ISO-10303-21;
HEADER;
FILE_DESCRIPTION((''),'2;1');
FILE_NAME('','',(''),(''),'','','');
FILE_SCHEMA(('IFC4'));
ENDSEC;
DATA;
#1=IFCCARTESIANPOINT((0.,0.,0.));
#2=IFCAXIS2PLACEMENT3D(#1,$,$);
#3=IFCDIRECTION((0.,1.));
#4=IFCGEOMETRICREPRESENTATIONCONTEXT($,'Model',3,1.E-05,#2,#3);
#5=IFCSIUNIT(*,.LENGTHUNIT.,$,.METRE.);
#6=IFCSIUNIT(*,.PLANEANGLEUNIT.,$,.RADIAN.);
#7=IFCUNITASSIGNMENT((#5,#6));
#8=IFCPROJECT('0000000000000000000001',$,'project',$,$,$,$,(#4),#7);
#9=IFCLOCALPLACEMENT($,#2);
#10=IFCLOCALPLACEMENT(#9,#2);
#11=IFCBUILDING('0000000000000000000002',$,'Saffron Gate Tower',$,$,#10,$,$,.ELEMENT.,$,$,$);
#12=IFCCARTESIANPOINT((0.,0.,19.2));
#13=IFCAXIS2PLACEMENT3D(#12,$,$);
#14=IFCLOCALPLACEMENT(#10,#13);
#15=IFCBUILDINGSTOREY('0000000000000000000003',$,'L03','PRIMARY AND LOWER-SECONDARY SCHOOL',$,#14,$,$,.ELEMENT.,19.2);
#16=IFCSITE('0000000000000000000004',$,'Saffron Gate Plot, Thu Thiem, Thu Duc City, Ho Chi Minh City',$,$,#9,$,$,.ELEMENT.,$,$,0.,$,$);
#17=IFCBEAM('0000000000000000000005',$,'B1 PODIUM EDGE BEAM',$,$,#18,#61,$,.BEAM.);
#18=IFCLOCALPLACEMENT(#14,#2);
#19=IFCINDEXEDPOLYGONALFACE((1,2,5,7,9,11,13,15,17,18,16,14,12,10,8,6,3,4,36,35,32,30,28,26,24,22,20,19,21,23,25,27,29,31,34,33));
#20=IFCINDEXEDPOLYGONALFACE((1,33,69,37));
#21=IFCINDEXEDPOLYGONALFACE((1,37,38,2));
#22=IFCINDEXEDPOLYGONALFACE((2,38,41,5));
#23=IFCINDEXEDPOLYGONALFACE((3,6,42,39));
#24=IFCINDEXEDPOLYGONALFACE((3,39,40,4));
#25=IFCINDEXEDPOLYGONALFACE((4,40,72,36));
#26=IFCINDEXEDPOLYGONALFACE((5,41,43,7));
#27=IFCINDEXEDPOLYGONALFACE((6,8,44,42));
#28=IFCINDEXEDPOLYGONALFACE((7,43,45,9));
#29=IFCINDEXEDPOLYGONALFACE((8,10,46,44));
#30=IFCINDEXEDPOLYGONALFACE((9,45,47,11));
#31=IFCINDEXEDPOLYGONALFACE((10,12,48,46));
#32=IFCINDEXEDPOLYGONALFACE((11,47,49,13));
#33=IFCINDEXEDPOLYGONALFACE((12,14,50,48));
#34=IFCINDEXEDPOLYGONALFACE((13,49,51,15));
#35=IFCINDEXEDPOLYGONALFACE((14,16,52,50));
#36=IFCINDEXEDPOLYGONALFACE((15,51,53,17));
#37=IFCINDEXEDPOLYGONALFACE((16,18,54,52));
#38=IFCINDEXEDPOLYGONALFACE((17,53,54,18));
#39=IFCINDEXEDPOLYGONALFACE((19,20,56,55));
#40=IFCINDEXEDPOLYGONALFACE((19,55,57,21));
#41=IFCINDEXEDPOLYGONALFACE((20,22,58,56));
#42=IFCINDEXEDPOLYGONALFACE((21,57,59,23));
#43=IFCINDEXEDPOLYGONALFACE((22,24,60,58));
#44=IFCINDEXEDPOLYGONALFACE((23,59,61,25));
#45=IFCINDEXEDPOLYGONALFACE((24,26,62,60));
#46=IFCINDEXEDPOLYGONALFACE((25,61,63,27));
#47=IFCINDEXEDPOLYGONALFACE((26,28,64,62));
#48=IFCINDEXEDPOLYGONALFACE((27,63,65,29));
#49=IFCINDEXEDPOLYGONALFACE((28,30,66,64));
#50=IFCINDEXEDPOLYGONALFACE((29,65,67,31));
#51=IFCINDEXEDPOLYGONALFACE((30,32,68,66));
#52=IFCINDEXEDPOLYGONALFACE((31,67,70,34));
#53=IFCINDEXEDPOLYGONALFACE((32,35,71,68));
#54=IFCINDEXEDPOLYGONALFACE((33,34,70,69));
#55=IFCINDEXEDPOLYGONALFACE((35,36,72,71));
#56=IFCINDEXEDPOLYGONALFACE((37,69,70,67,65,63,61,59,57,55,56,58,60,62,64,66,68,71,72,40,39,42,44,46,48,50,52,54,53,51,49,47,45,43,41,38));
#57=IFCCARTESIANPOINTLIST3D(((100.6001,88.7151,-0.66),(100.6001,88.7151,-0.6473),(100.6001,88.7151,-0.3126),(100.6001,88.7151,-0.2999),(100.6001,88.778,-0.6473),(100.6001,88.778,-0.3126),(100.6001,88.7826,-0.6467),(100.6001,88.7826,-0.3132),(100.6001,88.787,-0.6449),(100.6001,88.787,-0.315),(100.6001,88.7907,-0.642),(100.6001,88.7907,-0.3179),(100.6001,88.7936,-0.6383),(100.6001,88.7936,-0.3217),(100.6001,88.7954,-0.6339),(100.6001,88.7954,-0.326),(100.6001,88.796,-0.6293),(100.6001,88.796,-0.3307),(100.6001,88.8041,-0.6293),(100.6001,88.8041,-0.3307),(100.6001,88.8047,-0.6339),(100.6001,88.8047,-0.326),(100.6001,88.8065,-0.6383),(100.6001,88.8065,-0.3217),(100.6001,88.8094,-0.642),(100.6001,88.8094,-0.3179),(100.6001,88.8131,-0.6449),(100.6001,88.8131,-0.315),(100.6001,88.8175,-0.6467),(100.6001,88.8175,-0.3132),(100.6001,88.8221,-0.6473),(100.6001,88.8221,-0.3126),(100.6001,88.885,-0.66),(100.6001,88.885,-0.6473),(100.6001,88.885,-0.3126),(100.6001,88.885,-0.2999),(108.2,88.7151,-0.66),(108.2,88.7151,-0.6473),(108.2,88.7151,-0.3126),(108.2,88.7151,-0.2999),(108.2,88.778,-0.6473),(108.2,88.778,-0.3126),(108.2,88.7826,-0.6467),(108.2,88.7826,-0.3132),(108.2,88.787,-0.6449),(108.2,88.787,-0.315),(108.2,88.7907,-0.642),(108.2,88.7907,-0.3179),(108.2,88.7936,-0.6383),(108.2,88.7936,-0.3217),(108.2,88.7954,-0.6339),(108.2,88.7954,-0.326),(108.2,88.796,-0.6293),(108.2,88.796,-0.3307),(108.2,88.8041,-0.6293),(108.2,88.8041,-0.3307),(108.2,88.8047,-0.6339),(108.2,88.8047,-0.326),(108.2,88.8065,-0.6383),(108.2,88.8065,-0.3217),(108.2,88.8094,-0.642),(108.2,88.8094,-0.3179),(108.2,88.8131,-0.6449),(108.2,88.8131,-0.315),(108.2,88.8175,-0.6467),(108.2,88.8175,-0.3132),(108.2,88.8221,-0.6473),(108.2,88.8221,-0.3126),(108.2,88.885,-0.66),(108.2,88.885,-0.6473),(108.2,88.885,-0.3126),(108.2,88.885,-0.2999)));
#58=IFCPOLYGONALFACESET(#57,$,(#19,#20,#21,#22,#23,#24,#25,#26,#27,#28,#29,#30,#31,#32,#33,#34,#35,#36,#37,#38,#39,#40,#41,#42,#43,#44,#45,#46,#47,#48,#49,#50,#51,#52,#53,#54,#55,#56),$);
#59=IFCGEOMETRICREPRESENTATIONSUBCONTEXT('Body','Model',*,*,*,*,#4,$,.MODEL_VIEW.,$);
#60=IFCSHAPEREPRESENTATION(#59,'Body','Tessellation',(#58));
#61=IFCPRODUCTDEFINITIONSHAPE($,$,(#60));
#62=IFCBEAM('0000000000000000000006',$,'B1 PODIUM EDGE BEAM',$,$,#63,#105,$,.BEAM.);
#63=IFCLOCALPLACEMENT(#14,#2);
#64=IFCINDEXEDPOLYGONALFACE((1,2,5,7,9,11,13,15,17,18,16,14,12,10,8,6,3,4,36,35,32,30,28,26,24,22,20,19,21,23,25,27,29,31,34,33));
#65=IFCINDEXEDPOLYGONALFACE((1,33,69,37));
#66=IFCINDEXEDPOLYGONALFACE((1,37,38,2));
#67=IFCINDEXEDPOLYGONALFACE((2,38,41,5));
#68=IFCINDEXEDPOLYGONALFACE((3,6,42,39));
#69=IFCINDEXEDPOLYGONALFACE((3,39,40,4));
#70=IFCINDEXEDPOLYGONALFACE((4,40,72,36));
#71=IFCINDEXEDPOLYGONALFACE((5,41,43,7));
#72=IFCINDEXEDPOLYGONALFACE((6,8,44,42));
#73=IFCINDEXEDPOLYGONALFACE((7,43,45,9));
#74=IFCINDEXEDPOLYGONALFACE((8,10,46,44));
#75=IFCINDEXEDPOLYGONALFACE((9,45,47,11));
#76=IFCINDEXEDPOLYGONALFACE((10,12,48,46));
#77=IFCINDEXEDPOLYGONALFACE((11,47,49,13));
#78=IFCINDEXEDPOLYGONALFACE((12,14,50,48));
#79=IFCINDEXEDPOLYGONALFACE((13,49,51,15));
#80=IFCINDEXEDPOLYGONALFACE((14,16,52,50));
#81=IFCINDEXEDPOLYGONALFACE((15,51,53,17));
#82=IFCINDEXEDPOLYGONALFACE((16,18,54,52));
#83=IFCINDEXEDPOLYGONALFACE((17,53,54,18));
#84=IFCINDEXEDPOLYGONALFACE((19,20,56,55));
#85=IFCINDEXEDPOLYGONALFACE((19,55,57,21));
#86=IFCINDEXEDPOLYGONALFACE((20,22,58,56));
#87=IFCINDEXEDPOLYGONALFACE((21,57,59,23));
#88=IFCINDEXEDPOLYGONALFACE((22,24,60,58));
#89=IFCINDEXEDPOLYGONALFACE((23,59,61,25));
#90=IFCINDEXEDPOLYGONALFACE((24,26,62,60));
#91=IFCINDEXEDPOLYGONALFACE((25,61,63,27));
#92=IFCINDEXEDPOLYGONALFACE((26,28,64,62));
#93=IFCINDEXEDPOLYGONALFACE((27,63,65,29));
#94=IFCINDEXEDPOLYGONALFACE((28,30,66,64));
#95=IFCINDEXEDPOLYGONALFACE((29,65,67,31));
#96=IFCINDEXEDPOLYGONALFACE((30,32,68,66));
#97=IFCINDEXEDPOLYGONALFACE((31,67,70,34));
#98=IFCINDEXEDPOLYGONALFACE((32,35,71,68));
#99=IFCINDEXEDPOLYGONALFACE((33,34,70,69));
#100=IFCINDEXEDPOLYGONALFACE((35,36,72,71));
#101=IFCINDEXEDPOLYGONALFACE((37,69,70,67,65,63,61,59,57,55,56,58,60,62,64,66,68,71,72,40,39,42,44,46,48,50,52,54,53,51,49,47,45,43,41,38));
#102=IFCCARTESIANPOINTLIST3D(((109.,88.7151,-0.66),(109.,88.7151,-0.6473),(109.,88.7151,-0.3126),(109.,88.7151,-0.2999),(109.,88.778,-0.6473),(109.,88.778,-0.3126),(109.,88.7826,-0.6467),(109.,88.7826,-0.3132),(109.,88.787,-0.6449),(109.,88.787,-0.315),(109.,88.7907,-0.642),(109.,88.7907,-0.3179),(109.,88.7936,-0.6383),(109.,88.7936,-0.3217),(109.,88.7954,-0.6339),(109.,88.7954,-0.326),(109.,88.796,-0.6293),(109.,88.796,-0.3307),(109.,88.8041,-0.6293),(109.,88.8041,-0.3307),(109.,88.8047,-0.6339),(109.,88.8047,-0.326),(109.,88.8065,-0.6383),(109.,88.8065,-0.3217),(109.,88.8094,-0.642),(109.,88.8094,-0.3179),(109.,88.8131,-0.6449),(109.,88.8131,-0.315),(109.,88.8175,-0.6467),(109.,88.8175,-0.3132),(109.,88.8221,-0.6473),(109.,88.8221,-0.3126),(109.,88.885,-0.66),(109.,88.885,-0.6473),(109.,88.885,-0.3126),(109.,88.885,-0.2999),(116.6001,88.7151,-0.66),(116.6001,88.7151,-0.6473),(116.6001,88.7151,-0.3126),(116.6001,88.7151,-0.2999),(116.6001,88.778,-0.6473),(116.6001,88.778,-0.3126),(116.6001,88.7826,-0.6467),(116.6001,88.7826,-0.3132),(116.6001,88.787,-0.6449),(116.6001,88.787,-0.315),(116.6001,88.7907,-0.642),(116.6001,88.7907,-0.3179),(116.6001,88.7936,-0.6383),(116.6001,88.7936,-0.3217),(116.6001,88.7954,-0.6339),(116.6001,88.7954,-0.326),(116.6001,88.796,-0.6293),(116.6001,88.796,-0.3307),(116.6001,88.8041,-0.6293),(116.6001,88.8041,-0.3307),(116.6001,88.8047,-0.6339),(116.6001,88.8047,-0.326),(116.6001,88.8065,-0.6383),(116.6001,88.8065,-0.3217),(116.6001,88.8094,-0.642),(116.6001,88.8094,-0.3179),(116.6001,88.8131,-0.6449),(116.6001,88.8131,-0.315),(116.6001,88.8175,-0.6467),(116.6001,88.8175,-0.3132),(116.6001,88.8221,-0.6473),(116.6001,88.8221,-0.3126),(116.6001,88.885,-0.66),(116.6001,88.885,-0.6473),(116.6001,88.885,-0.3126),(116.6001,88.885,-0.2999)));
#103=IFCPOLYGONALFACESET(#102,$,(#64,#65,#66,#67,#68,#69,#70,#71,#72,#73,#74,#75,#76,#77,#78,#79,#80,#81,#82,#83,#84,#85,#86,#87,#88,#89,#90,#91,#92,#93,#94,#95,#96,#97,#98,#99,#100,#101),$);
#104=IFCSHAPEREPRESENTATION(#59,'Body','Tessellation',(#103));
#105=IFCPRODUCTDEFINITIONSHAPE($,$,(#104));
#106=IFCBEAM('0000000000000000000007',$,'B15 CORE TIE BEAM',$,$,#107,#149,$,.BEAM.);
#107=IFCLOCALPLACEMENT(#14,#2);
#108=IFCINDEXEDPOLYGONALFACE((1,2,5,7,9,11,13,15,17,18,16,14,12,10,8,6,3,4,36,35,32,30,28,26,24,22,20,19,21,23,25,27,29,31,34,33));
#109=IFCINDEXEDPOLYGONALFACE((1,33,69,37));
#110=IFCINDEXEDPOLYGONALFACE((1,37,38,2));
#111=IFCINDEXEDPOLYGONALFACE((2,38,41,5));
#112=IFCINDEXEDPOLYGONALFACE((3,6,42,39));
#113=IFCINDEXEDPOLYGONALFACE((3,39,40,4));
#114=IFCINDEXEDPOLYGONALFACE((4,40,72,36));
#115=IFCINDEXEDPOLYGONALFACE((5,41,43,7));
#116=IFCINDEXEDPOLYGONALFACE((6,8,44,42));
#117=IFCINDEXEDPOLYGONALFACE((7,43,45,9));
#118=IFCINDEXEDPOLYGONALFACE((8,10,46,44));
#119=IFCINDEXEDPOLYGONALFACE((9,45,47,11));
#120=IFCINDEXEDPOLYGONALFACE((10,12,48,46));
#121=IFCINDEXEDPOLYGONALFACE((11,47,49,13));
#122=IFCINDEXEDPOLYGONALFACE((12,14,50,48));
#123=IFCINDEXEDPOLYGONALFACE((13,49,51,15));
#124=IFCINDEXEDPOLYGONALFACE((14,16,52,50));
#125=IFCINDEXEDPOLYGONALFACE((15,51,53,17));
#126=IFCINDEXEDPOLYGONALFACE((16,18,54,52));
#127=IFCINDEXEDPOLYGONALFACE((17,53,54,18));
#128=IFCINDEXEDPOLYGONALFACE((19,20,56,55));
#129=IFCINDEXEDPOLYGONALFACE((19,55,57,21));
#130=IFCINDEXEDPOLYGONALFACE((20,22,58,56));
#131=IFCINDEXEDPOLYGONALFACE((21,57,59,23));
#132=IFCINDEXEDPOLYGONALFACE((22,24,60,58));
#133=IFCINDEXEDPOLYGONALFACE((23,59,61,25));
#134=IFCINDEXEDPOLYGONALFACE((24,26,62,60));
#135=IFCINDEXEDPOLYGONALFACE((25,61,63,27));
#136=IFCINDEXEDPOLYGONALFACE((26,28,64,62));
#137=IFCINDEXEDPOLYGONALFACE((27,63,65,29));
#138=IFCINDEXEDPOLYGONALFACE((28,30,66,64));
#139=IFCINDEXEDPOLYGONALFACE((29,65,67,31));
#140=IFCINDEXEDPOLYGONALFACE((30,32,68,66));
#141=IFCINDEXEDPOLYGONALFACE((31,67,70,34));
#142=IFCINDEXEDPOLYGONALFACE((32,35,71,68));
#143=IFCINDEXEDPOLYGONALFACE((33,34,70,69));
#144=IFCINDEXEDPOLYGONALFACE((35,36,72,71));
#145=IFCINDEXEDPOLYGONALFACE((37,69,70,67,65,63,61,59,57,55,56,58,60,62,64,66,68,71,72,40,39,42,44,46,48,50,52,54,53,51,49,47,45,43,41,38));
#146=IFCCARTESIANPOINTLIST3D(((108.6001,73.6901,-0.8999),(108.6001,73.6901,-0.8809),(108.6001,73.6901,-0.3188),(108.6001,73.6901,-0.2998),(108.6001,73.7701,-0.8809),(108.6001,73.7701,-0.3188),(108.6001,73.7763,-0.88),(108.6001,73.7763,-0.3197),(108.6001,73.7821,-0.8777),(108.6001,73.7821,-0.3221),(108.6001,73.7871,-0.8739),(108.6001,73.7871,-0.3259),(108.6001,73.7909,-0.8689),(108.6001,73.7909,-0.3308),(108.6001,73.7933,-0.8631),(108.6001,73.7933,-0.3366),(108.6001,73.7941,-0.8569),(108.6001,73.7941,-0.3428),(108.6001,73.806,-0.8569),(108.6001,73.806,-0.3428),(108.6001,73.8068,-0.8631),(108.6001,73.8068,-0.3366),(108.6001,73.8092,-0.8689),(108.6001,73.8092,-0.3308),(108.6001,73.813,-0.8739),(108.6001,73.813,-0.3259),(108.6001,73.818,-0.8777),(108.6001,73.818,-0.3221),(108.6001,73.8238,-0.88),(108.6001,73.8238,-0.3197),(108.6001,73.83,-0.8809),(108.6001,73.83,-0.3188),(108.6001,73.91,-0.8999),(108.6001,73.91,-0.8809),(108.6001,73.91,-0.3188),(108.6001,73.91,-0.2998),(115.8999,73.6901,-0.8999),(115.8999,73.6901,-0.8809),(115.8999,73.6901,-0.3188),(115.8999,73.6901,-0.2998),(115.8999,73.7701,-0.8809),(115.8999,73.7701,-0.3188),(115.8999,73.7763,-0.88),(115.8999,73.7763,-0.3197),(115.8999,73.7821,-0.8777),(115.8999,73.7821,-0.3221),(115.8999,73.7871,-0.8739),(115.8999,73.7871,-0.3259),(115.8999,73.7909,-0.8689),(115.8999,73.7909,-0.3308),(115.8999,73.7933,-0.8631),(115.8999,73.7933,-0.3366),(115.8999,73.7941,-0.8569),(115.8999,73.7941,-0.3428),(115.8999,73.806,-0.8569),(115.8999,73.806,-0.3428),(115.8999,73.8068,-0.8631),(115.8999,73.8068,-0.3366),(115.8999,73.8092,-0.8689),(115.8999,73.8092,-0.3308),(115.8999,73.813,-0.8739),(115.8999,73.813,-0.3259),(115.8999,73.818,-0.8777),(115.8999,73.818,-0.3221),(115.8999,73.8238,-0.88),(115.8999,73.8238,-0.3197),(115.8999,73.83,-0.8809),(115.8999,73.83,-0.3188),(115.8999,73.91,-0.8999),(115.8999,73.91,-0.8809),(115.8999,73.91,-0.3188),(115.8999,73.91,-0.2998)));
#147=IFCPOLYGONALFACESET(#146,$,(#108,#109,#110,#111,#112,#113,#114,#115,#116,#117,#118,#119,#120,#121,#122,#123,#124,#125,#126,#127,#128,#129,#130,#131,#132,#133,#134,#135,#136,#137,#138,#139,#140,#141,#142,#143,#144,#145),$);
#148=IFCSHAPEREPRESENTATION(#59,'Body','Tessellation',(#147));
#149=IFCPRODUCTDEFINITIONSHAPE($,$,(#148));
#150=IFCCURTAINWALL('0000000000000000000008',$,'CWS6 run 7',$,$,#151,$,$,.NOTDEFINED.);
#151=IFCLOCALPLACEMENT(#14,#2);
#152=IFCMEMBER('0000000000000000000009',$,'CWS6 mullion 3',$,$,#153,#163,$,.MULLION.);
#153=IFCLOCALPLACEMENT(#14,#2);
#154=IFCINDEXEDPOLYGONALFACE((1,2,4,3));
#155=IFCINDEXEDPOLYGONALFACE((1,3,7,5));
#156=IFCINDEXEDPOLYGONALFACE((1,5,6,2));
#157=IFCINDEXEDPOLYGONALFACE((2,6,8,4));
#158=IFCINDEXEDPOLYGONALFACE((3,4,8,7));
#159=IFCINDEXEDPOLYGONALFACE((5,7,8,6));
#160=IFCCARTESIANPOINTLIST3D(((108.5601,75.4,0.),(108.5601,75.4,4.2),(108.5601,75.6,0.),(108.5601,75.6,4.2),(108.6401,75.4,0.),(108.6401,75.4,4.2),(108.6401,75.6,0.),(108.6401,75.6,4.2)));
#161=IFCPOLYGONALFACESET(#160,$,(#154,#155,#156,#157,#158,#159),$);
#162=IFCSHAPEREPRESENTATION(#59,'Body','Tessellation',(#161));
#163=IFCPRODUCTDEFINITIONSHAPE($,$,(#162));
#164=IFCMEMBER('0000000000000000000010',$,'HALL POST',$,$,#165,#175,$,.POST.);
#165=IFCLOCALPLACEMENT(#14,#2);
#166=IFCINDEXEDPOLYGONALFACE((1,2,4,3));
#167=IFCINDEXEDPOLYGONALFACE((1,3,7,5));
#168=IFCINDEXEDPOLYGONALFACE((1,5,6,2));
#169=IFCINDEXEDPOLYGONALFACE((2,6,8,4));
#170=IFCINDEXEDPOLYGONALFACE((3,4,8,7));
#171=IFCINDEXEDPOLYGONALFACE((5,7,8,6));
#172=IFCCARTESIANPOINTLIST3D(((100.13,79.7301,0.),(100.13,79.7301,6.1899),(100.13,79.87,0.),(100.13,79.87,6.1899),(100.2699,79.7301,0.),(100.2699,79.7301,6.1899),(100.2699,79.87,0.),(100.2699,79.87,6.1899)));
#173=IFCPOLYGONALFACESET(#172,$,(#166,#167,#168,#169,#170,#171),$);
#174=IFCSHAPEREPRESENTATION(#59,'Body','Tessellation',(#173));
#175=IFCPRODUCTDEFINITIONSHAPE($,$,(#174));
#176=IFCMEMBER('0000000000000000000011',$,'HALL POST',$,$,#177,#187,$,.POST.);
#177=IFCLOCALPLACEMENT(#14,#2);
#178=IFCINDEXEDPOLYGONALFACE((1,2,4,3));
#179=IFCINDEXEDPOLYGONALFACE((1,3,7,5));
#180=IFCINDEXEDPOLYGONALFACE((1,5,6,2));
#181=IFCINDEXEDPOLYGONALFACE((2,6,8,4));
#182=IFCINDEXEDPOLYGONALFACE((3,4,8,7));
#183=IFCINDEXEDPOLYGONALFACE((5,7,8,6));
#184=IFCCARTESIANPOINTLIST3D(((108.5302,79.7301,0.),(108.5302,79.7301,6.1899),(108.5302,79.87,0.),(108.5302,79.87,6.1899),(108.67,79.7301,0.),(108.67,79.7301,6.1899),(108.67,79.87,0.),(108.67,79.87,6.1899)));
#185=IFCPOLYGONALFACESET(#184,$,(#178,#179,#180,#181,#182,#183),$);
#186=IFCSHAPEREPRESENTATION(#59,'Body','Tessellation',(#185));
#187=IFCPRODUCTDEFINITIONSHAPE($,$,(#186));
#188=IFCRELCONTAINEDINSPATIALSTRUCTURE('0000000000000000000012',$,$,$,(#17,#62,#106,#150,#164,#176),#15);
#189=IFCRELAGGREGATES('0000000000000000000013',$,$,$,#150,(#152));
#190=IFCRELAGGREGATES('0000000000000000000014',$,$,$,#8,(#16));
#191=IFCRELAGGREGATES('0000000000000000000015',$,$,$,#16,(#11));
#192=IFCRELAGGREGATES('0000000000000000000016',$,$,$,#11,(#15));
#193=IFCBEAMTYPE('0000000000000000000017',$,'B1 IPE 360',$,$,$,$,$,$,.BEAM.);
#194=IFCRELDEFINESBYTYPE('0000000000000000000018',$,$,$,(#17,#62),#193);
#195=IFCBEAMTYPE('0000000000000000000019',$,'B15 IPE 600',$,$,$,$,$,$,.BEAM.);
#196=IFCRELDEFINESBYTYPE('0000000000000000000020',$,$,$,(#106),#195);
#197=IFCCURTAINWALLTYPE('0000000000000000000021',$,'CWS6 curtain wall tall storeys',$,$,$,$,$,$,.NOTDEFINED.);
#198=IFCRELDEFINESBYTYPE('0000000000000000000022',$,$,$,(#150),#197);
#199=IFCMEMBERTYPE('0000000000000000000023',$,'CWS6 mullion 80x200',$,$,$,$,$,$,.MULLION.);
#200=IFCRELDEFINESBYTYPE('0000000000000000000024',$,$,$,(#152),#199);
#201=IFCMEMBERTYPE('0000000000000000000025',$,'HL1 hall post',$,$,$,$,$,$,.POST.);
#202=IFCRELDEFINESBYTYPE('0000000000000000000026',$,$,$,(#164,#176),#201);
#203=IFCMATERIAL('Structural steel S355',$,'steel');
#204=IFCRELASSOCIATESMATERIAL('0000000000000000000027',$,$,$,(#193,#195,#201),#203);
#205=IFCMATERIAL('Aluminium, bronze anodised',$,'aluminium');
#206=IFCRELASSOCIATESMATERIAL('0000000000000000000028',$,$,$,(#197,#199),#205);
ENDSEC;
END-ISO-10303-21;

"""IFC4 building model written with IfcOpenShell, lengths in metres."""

from ifc_helpers import new_model, si_unit, direction, frame, origin, origin_2d, place, context, subcontext, project, spatial, rectangle, i_section, extrude, material, material_profile, profile_set, type_object, element, aggregate, save


model = new_model("IFC4")

# Units and contexts
model_context = context("Model", 3, precision=1e-05, world=origin(), true_north=direction((0.0, 1.0)))
body_context = subcontext(model_context, "Body", "Model", "MODEL_VIEW")
ifc_project = project(units=[si_unit("LENGTHUNIT", "METRE"), si_unit("PLANEANGLEUNIT", "RADIAN")], contexts=[model_context])

# Site, building, storey
site_placement = place(None, origin())
site = spatial("IfcSite", under=ifc_project, at=site_placement, Name="Saffron Gate Plot, Thu Thiem, Thu Duc City, Ho Chi Minh City", CompositionType="ELEMENT", RefElevation=0.0)
building_placement = place(site_placement, origin())
building = spatial("IfcBuilding", under=site, at=building_placement, Name="Saffron Gate Tower", CompositionType="ELEMENT")
storey_placement = place(building_placement, frame((0.0, 0.0, 19.2)))
storey = spatial("IfcBuildingStorey", under=building, at=storey_placement, Name="L03", Description="PRIMARY AND LOWER-SECONDARY SCHOOL", CompositionType="ELEMENT", Elevation=19.2)

# Beams
ifc_material_1 = material(Name="Structural steel S355", Category="steel")
ifc_material_profile_1 = material_profile(ifc_material_1, i_section(OverallWidth=0.1699, OverallDepth=0.3601, WebThickness=0.0081, FlangeThickness=0.0127, FilletRadius=0.0181, at=origin_2d()))
ifc_profile_set_1 = profile_set([ifc_material_profile_1], Name="Structural steel S355")
beam_type_1 = type_object("IfcBeamType", Name="B1 IPE 360", PredefinedType="BEAM", material=ifc_profile_set_1)
beam_1_placement = place(storey_placement, frame((100.6001, 88.8, -0.48), z_axis=(1.0, 0.0, 0.0), x_axis=(0.0, 1.0, 0.0)))
element("IfcBeam", 1, at=beam_1_placement, inside=storey, type_object=beam_type_1, Name="B1 PODIUM EDGE BEAM", PredefinedType="BEAM", context=body_context, shape_type="SweptSolid", body=[
    extrude(i_section(OverallWidth=0.1699, OverallDepth=0.3601, WebThickness=0.0081, FlangeThickness=0.0127, FilletRadius=0.0181, at=origin_2d()), origin(), (0.0, 0.0, 1.0), 7.5999),
])
beam_2_placement = place(storey_placement, frame((109.0, 88.8, -0.48), z_axis=(1.0, 0.0, 0.0), x_axis=(0.0, 1.0, 0.0)))
element("IfcBeam", 2, at=beam_2_placement, inside=storey, type_object=beam_type_1, Name="B1 PODIUM EDGE BEAM", PredefinedType="BEAM", context=body_context, shape_type="SweptSolid", body=[
    extrude(i_section(OverallWidth=0.1699, OverallDepth=0.3601, WebThickness=0.0081, FlangeThickness=0.0127, FilletRadius=0.0181, at=origin_2d()), origin(), (0.0, 0.0, 1.0), 7.6001),
])
ifc_material_profile_2 = material_profile(ifc_material_1, i_section(OverallWidth=0.22, OverallDepth=0.6001, WebThickness=0.012, FlangeThickness=0.019, FilletRadius=0.0239, at=origin_2d()))
ifc_profile_set_2 = profile_set([ifc_material_profile_2], Name="Structural steel S355")
beam_type_2 = type_object("IfcBeamType", Name="B15 IPE 600", PredefinedType="BEAM", material=ifc_profile_set_2)
beam_3_placement = place(storey_placement, frame((115.8999, 73.8, -0.5999), z_axis=(-1.0, 0.0, 0.0), x_axis=(0.0, -1.0, 0.0)))
element("IfcBeam", 3, at=beam_3_placement, inside=storey, type_object=beam_type_2, Name="B15 CORE TIE BEAM", PredefinedType="BEAM", context=body_context, shape_type="SweptSolid", body=[
    extrude(i_section(OverallWidth=0.22, OverallDepth=0.6001, WebThickness=0.012, FlangeThickness=0.019, FilletRadius=0.0239, at=origin_2d()), origin(), (0.0, 0.0, 1.0), 7.2998),
])

# Curtain wall, member
ifc_material_2 = material(Name="Aluminium, bronze anodised", Category="aluminium")
curtain_wall_type = type_object("IfcCurtainWallType", Name="CWS6 curtain wall tall storeys", PredefinedType="NOTDEFINED", material=ifc_material_2)
curtain_wall_placement = place(storey_placement, origin())
curtain_wall = element("IfcCurtainWall", 4, at=curtain_wall_placement, inside=storey, type_object=curtain_wall_type, Name="CWS6 run 7", PredefinedType="NOTDEFINED")
ifc_material_profile_3 = material_profile(ifc_material_2, rectangle(XDim=0.2, YDim=0.0801, at=origin_2d()))
ifc_profile_set_3 = profile_set([ifc_material_profile_3], Name="Aluminium, bronze anodised")
member_type_1 = type_object("IfcMemberType", Name="CWS6 mullion 80x200", PredefinedType="MULLION", material=ifc_profile_set_3)
member_placement = place(storey_placement, frame((108.6001, 75.5, 0.0), z_axis=(0.0, 0.0, 1.0), x_axis=(0.0, -1.0, 0.0)))
member = element("IfcMember", 5, at=member_placement, type_object=member_type_1, Name="CWS6 mullion 3", PredefinedType="MULLION", context=body_context, shape_type="SweptSolid", body=[
    extrude(rectangle(XDim=0.2, YDim=0.0801, at=origin_2d()), origin(), (0.0, 0.0, 1.0), 4.2),
])
aggregate(curtain_wall, [member])

# Members
ifc_material_profile_4 = material_profile(ifc_material_1, rectangle(XDim=0.1399, YDim=0.1399, at=origin_2d()))
ifc_profile_set_4 = profile_set([ifc_material_profile_4], Name="Structural steel S355")
member_type_2 = type_object("IfcMemberType", Name="HL1 hall post", PredefinedType="POST", material=ifc_profile_set_4)
for number, where, z_axis, x_axis, name in (
    (6, (100.2, 79.8, 0.0), (0.0, 0.0, 1.0), (1.0, 0.0, 0.0), "HALL POST"),
    (7, (108.6001, 79.8, 0.0), (0.0, 0.0, 1.0), (1.0, 0.0, 0.0), "HALL POST"),
):
    element("IfcMember", number, at=place(storey_placement, frame(where, z_axis=z_axis, x_axis=x_axis)), inside=storey, type_object=member_type_2, Name=name, PredefinedType="POST", context=body_context, shape_type="SweptSolid", body=[
        extrude(rectangle(XDim=0.1399, YDim=0.1399, at=origin_2d()), origin(), (0.0, 0.0, 1.0), 6.1899),
    ])

save(model, "model.ifc")
